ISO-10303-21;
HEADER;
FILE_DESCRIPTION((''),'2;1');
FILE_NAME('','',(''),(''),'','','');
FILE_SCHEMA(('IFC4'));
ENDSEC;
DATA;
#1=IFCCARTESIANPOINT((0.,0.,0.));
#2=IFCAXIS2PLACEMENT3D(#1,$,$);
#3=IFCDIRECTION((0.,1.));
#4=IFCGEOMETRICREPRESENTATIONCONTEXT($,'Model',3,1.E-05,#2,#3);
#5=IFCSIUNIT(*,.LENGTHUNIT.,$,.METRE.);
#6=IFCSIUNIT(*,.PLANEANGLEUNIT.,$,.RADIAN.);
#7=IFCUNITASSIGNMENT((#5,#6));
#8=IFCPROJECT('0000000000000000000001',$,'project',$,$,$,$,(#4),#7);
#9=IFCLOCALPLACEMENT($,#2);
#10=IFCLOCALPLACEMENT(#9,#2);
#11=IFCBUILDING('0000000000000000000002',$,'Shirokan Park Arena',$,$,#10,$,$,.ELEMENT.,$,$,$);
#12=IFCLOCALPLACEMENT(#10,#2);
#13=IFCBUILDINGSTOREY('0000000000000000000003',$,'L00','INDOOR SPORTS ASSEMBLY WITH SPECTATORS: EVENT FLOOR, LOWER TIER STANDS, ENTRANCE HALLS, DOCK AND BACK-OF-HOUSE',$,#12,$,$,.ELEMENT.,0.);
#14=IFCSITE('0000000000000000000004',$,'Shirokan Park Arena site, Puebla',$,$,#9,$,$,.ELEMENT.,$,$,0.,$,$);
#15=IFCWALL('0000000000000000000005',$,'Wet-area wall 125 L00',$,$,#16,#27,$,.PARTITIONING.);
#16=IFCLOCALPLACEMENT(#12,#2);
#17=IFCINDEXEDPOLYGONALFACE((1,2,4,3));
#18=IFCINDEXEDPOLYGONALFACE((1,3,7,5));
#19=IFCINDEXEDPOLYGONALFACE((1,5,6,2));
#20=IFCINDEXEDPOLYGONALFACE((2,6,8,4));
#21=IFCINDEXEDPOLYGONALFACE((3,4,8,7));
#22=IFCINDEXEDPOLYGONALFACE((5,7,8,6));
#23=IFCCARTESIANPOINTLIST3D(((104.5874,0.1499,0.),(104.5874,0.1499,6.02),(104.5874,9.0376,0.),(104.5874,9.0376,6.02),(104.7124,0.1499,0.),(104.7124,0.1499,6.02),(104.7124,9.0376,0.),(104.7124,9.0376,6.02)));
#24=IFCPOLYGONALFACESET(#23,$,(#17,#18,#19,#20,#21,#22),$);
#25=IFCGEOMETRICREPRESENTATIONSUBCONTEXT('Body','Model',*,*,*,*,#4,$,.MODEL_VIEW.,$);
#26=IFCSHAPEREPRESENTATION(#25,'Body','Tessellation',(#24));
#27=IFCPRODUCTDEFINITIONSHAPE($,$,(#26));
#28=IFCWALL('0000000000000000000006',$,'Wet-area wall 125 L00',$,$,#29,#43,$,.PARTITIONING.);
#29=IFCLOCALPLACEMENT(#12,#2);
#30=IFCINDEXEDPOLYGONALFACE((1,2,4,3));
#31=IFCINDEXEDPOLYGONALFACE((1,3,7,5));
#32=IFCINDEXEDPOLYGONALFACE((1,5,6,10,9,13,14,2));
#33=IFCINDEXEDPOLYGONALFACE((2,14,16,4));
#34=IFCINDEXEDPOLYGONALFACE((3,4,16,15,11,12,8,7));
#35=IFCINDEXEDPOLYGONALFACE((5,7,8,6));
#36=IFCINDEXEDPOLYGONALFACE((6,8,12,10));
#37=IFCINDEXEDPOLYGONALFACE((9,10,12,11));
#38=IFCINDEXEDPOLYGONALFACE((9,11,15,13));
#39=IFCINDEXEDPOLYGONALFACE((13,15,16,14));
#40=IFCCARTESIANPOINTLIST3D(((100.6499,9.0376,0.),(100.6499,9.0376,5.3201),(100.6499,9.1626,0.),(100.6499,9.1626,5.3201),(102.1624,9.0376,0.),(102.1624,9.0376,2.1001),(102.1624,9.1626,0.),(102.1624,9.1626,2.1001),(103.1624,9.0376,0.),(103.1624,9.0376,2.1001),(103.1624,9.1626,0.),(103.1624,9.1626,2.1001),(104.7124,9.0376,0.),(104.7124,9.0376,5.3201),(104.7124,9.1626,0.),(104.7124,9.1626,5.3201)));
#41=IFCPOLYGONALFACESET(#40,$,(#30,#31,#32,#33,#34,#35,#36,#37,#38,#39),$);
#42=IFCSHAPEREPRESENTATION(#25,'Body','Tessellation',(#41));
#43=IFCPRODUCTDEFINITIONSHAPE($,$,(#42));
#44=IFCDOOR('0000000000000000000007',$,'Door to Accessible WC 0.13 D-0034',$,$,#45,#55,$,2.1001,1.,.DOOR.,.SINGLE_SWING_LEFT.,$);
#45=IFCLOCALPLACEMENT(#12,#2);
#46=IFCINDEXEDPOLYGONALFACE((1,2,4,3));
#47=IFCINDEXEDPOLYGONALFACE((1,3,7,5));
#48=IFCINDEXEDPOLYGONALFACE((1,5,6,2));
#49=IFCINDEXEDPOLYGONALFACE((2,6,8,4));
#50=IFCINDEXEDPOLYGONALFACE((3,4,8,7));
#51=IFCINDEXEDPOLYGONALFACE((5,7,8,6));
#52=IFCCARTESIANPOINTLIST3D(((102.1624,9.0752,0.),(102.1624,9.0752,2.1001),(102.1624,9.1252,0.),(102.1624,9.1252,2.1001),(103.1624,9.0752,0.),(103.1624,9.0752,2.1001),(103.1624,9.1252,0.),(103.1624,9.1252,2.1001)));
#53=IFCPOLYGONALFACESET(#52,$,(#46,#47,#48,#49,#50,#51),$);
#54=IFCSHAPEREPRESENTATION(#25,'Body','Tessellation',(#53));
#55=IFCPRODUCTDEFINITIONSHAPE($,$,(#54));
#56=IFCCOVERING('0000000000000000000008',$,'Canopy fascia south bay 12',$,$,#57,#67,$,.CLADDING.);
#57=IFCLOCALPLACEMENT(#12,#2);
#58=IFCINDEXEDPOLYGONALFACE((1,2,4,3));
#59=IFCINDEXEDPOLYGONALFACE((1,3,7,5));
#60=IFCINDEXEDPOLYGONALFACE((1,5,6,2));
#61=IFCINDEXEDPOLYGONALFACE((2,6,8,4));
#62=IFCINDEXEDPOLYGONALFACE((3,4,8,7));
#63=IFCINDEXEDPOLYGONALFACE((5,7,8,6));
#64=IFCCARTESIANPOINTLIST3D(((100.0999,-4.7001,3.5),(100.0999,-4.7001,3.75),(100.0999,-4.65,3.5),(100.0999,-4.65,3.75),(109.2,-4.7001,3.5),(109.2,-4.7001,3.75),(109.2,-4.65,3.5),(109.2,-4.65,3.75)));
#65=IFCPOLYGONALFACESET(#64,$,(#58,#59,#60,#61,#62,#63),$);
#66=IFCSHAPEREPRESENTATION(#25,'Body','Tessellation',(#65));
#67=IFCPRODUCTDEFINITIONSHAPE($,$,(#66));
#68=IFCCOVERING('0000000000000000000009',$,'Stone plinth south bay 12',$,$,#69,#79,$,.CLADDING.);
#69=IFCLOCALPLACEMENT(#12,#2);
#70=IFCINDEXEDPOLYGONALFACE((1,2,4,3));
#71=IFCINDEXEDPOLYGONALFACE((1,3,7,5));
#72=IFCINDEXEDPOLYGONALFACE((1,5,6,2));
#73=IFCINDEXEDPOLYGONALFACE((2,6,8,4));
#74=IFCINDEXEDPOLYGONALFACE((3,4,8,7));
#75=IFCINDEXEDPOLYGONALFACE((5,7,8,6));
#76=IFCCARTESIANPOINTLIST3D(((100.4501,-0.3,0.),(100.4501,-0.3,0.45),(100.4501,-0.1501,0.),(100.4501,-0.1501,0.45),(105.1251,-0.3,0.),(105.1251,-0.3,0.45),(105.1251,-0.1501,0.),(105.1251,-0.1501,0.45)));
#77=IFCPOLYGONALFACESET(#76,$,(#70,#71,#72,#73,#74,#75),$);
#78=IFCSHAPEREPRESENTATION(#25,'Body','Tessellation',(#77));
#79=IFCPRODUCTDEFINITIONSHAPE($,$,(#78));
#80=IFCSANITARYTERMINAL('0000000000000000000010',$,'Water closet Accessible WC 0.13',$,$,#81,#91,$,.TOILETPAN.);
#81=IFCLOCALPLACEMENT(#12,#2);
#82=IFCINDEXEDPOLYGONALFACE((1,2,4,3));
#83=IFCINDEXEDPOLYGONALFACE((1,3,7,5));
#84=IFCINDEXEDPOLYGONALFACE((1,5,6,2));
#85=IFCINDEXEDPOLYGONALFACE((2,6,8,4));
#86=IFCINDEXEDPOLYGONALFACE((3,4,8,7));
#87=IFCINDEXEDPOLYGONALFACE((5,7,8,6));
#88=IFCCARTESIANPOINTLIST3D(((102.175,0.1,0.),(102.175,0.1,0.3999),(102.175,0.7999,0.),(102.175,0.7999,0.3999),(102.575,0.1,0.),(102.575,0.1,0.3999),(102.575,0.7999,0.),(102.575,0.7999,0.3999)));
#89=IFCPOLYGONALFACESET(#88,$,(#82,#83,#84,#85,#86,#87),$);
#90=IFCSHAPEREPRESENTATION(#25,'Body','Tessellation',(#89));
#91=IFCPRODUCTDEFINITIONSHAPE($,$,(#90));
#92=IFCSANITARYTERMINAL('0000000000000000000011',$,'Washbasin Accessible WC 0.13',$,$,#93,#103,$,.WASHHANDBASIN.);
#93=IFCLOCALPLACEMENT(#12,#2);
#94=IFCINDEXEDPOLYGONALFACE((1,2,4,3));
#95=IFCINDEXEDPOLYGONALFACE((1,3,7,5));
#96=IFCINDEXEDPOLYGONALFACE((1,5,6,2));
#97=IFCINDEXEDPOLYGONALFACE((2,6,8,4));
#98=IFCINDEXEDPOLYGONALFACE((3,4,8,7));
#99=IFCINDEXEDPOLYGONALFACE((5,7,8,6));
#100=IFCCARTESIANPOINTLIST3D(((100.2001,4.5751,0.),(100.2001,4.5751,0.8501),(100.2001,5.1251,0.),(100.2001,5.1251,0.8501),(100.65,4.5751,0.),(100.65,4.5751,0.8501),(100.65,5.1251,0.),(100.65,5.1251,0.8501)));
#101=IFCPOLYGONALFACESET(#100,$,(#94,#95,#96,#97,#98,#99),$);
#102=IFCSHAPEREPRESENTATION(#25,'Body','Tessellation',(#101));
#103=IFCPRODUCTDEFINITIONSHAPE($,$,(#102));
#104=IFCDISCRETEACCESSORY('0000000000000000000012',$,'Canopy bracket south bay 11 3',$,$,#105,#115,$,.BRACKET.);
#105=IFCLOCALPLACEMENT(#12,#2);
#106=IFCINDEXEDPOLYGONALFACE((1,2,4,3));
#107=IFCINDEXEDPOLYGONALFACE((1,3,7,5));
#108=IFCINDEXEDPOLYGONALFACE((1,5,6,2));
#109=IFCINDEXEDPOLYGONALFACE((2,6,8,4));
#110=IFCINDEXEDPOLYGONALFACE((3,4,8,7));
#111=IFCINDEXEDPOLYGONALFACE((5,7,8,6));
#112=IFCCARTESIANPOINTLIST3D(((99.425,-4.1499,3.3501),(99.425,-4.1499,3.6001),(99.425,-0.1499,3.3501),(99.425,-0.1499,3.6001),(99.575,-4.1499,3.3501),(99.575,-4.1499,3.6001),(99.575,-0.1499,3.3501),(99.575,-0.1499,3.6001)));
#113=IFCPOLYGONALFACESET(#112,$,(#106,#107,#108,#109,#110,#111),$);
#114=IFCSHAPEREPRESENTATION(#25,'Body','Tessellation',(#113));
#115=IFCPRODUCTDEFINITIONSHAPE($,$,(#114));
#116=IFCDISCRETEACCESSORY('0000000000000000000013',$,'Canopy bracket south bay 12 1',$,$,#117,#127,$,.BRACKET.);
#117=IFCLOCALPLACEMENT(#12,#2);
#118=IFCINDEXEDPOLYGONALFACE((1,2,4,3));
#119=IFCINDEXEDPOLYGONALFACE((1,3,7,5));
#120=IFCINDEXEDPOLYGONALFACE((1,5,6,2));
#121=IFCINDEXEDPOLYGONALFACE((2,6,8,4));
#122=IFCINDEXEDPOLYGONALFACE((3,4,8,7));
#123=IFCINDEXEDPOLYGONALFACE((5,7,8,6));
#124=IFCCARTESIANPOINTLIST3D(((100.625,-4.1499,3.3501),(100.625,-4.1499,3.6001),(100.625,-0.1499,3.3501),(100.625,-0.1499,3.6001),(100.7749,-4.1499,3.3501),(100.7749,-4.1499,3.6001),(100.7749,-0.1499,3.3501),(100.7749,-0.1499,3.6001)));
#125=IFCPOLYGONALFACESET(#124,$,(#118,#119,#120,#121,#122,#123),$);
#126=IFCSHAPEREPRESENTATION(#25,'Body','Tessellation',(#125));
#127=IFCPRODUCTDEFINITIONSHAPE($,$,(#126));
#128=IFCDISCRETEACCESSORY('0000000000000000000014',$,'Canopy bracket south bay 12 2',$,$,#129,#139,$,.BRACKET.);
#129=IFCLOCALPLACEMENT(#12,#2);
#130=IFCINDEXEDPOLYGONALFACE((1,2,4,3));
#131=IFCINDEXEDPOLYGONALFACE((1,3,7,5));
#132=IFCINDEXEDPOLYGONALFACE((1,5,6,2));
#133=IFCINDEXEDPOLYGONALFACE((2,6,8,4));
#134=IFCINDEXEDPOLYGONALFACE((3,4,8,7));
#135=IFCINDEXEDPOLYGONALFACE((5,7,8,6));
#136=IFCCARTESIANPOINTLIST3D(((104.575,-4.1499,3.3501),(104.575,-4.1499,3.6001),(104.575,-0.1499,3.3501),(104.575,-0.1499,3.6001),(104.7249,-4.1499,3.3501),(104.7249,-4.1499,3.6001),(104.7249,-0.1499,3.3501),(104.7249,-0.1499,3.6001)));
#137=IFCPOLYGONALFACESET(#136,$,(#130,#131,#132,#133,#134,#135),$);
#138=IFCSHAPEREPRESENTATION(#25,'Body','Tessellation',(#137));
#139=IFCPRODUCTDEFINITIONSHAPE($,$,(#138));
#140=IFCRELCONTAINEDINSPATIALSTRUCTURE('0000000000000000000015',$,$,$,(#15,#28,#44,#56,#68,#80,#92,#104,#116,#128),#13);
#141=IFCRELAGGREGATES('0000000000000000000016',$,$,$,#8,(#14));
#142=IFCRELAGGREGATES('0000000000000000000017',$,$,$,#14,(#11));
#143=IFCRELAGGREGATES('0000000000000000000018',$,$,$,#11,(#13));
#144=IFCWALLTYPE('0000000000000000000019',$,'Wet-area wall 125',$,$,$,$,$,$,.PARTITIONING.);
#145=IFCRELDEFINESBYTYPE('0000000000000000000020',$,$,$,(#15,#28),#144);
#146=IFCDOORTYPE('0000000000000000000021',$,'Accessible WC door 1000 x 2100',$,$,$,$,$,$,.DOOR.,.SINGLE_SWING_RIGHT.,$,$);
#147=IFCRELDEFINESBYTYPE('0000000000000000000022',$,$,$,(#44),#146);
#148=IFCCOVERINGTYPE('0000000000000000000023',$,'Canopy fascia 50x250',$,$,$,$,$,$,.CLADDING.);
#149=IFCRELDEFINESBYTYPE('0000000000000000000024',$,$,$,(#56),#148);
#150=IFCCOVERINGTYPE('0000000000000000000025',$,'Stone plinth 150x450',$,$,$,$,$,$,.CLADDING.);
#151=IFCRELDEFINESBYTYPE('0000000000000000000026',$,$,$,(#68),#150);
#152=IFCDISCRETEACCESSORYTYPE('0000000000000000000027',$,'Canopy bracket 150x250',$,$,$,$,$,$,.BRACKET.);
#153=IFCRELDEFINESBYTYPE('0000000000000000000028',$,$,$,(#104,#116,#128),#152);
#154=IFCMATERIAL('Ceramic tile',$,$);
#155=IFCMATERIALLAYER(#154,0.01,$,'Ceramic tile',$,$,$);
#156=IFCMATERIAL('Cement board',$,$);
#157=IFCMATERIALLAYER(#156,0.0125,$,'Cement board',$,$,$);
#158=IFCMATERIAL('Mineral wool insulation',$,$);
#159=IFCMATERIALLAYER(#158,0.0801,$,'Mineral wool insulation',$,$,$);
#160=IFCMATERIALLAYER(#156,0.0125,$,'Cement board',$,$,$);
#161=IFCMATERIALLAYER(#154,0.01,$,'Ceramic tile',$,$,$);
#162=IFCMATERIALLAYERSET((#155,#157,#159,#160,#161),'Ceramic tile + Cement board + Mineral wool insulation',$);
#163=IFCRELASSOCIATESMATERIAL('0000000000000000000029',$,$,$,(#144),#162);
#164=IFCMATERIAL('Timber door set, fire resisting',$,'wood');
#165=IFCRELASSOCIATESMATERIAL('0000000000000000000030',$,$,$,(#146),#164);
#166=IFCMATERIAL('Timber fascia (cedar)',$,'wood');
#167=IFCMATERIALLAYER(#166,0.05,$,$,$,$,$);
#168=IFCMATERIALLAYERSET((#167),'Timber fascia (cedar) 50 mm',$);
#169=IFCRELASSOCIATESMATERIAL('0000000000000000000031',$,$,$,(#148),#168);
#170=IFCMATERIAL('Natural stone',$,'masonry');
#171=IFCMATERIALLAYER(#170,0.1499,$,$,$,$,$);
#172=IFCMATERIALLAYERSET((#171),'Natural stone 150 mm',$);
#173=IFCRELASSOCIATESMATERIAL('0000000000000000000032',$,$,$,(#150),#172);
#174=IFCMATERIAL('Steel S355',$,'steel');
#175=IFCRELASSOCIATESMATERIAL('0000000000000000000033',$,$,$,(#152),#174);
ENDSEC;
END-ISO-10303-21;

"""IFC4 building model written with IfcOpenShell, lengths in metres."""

from ifc_helpers import new_model, si_unit, direction, frame, frame_2d, origin, origin_2d, place, context, subcontext, project, spatial, rectangle, extrude, material, layer, layer_set, type_object, element, fill, save


model = new_model("IFC4")

# Units and contexts
model_context = context("Model", 3, precision=1e-05, world=origin(), true_north=direction((0.0, 1.0)))
body_context = subcontext(model_context, "Body", "Model", "MODEL_VIEW")
ifc_project = project(units=[si_unit("LENGTHUNIT", "METRE"), si_unit("PLANEANGLEUNIT", "RADIAN")], contexts=[model_context])

# Site, building, storey
site_placement = place(None, origin())
site = spatial("IfcSite", under=ifc_project, at=site_placement, Name="Shirokan Park Arena site, Puebla", CompositionType="ELEMENT", RefElevation=0.0)
building_placement = place(site_placement, origin())
building = spatial("IfcBuilding", under=site, at=building_placement, Name="Shirokan Park Arena", CompositionType="ELEMENT")
storey_placement = place(building_placement, origin())
storey = spatial("IfcBuildingStorey", under=building, at=storey_placement, Name="L00", Description="INDOOR SPORTS ASSEMBLY WITH SPECTATORS: EVENT FLOOR, LOWER TIER STANDS, ENTRANCE HALLS, DOCK AND BACK-OF-HOUSE", CompositionType="ELEMENT", Elevation=0.0)

# Shared definitions
ifc_material_1 = material(Name="Steel S355", Category="steel")

# Shared definitions
ifc_material_2 = material(Name="Mineral wool insulation")
ifc_material_3 = material(Name="Ceramic tile")
ifc_layer_1 = layer(ifc_material_3, 0.01, Name="Ceramic tile")
ifc_material_4 = material(Name="Cement board")
ifc_layer_2 = layer(ifc_material_4, 0.0125, Name="Cement board")
ifc_layer_3 = layer(ifc_material_2, 0.0801, Name="Mineral wool insulation")
ifc_layer_4 = layer(ifc_material_4, 0.0125, Name="Cement board")
ifc_layer_5 = layer(ifc_material_3, 0.01, Name="Ceramic tile")
ifc_layer_set_1 = layer_set([ifc_layer_1, ifc_layer_2, ifc_layer_3, ifc_layer_4, ifc_layer_5], Name="Ceramic tile + Cement board + Mineral wool insulation")
wall_type_1 = type_object("IfcWallType", Name="Wet-area wall 125", PredefinedType="PARTITIONING", material=ifc_layer_set_1)
ifc_material_5 = material(Name="Timber door set, fire resisting", Category="wood")

# Wall
wall_1_placement = place(storey_placement, frame((104.6499, 0.1499, 0.0), z_axis=(0.0, 0.0, 1.0), x_axis=(0.0, 1.0, 0.0)))
element("IfcWall", 1, at=wall_1_placement, inside=storey, type_object=wall_type_1, Name="Wet-area wall 125 L00", PredefinedType="PARTITIONING", context=body_context, shape_type="SweptSolid", body=[
    extrude(rectangle(XDim=8.8877, YDim=0.125, at=frame_2d((4.4438, 0.0))), origin(), (0.0, 0.0, 1.0), 6.02),
])

# Wall, opening, door
wall_2_placement = place(storey_placement, frame((104.7124, 9.1001, 0.0), z_axis=(0.0, 0.0, 1.0), x_axis=(-1.0, 0.0, 0.0)))
wall_2 = element("IfcWall", 2, at=wall_2_placement, inside=storey, type_object=wall_type_1, Name="Wet-area wall 125 L00", PredefinedType="PARTITIONING", context=body_context, shape_type="SweptSolid", body=[
    extrude(rectangle(XDim=4.0625, YDim=0.125, at=frame_2d((2.0312, 0.0))), origin(), (0.0, 0.0, 1.0), 5.3201),
])
opening_1_placement = place(wall_2_placement, frame((1.55, 0.0, 0.0)))
opening_1 = element("IfcOpeningElement", 3, at=opening_1_placement, cuts=wall_2, PredefinedType="OPENING", context=body_context, shape_type="SweptSolid", body=[
    extrude(rectangle(XDim=1.0, YDim=2.1001, at=frame_2d((0.5, 1.05))), frame((0.0, 0.0725, 0.0), z_axis=(0.0, -1.0, 0.0), x_axis=(1.0, 0.0, 0.0)), (0.0, 0.0, 1.0), 0.145),
])
door_type_1 = type_object("IfcDoorType", Name="Accessible WC door 1000 x 2100", OperationType="SINGLE_SWING_RIGHT", PredefinedType="DOOR", material=ifc_material_5)
door_1_placement = place(opening_1_placement, origin())
door_1 = element("IfcDoor", 4, at=door_1_placement, inside=storey, type_object=door_type_1, Name="Door to Accessible WC 0.13 D-0034", OperationType="SINGLE_SWING_LEFT", OverallHeight=2.1001, OverallWidth=1.0, PredefinedType="DOOR", context=body_context, shape_type="SweptSolid", body=[
    extrude(rectangle(XDim=1.0, YDim=2.1001, at=frame_2d((0.5, 1.05))), frame((0.0, 0.0249, 0.0), z_axis=(0.0, -1.0, 0.0), x_axis=(1.0, 0.0, 0.0)), (0.0, 0.0, 1.0), 0.05),
])
fill(opening_1, door_1)

# Coverings
ifc_material_6 = material(Name="Timber fascia (cedar)", Category="wood")
ifc_layer_6 = layer(ifc_material_6, 0.05)
ifc_layer_set_2 = layer_set([ifc_layer_6], Name="Timber fascia (cedar) 50 mm")
covering_type_1 = type_object("IfcCoveringType", Name="Canopy fascia 50x250", PredefinedType="CLADDING", material=ifc_layer_set_2)
covering_1_placement = place(storey_placement, frame((104.6499, -4.675, 3.5), z_axis=(0.0, 0.0, 1.0), x_axis=(1.0, 0.0, 0.0)))
element("IfcCovering", 5, at=covering_1_placement, inside=storey, type_object=covering_type_1, Name="Canopy fascia south bay 12", PredefinedType="CLADDING", context=body_context, shape_type="SweptSolid", body=[
    extrude(rectangle(XDim=9.1001, YDim=0.05, at=origin_2d()), origin(), (0.0, 0.0, 1.0), 0.25),
])
ifc_material_7 = material(Name="Natural stone", Category="masonry")
ifc_layer_7 = layer(ifc_material_7, 0.1499)
ifc_layer_set_3 = layer_set([ifc_layer_7], Name="Natural stone 150 mm")
covering_type_2 = type_object("IfcCoveringType", Name="Stone plinth 150x450", PredefinedType="CLADDING", material=ifc_layer_set_3)
covering_2_placement = place(storey_placement, frame((102.7876, -0.2251, 0.0), z_axis=(0.0, 0.0, 1.0), x_axis=(1.0, 0.0, 0.0)))
element("IfcCovering", 6, at=covering_2_placement, inside=storey, type_object=covering_type_2, Name="Stone plinth south bay 12", PredefinedType="CLADDING", context=body_context, shape_type="SweptSolid", body=[
    extrude(rectangle(XDim=4.675, YDim=0.1499, at=origin_2d()), origin(), (0.0, 0.0, 1.0), 0.45),
])

# Sanitary terminals
sanitary_terminal_1_placement = place(storey_placement, frame((102.375, 0.45, 0.0), z_axis=(0.0, 0.0, 1.0), x_axis=(1.0, 0.0, 0.0)))
element("IfcSanitaryTerminal", 7, at=sanitary_terminal_1_placement, inside=storey, Name="Water closet Accessible WC 0.13", PredefinedType="TOILETPAN", context=body_context, shape_type="SweptSolid", body=[
    extrude(rectangle(XDim=0.3999, YDim=0.7, at=origin_2d()), origin(), (0.0, 0.0, 1.0), 0.3999),
])
sanitary_terminal_2_placement = place(storey_placement, frame((100.425, 4.8501, 0.0), z_axis=(0.0, 0.0, 1.0), x_axis=(1.0, 0.0, 0.0)))
element("IfcSanitaryTerminal", 8, at=sanitary_terminal_2_placement, inside=storey, Name="Washbasin Accessible WC 0.13", PredefinedType="WASHHANDBASIN", context=body_context, shape_type="SweptSolid", body=[
    extrude(rectangle(XDim=0.45, YDim=0.55, at=origin_2d()), origin(), (0.0, 0.0, 1.0), 0.8501),
])

# Discrete accessories
discrete_accessory_type = type_object("IfcDiscreteAccessoryType", Name="Canopy bracket 150x250", PredefinedType="BRACKET", material=ifc_material_1)
for number, where, z_axis, x_axis, name in (
    (9, (99.5, -2.1499, 3.3501), (0.0, 0.0, 1.0), (1.0, 0.0, 0.0), "Canopy bracket south bay 11 3"),
    (10, (100.7, -2.1499, 3.3501), (0.0, 0.0, 1.0), (1.0, 0.0, 0.0), "Canopy bracket south bay 12 1"),
    (11, (104.6499, -2.1499, 3.3501), (0.0, 0.0, 1.0), (1.0, 0.0, 0.0), "Canopy bracket south bay 12 2"),
):
    element("IfcDiscreteAccessory", number, at=place(storey_placement, frame(where, z_axis=z_axis, x_axis=x_axis)), inside=storey, type_object=discrete_accessory_type, Name=name, PredefinedType="BRACKET", context=body_context, shape_type="SweptSolid", body=[
        extrude(rectangle(XDim=0.1499, YDim=4.0, at=origin_2d()), origin(), (0.0, 0.0, 1.0), 0.25),
    ])

save(model, "model.ifc")
